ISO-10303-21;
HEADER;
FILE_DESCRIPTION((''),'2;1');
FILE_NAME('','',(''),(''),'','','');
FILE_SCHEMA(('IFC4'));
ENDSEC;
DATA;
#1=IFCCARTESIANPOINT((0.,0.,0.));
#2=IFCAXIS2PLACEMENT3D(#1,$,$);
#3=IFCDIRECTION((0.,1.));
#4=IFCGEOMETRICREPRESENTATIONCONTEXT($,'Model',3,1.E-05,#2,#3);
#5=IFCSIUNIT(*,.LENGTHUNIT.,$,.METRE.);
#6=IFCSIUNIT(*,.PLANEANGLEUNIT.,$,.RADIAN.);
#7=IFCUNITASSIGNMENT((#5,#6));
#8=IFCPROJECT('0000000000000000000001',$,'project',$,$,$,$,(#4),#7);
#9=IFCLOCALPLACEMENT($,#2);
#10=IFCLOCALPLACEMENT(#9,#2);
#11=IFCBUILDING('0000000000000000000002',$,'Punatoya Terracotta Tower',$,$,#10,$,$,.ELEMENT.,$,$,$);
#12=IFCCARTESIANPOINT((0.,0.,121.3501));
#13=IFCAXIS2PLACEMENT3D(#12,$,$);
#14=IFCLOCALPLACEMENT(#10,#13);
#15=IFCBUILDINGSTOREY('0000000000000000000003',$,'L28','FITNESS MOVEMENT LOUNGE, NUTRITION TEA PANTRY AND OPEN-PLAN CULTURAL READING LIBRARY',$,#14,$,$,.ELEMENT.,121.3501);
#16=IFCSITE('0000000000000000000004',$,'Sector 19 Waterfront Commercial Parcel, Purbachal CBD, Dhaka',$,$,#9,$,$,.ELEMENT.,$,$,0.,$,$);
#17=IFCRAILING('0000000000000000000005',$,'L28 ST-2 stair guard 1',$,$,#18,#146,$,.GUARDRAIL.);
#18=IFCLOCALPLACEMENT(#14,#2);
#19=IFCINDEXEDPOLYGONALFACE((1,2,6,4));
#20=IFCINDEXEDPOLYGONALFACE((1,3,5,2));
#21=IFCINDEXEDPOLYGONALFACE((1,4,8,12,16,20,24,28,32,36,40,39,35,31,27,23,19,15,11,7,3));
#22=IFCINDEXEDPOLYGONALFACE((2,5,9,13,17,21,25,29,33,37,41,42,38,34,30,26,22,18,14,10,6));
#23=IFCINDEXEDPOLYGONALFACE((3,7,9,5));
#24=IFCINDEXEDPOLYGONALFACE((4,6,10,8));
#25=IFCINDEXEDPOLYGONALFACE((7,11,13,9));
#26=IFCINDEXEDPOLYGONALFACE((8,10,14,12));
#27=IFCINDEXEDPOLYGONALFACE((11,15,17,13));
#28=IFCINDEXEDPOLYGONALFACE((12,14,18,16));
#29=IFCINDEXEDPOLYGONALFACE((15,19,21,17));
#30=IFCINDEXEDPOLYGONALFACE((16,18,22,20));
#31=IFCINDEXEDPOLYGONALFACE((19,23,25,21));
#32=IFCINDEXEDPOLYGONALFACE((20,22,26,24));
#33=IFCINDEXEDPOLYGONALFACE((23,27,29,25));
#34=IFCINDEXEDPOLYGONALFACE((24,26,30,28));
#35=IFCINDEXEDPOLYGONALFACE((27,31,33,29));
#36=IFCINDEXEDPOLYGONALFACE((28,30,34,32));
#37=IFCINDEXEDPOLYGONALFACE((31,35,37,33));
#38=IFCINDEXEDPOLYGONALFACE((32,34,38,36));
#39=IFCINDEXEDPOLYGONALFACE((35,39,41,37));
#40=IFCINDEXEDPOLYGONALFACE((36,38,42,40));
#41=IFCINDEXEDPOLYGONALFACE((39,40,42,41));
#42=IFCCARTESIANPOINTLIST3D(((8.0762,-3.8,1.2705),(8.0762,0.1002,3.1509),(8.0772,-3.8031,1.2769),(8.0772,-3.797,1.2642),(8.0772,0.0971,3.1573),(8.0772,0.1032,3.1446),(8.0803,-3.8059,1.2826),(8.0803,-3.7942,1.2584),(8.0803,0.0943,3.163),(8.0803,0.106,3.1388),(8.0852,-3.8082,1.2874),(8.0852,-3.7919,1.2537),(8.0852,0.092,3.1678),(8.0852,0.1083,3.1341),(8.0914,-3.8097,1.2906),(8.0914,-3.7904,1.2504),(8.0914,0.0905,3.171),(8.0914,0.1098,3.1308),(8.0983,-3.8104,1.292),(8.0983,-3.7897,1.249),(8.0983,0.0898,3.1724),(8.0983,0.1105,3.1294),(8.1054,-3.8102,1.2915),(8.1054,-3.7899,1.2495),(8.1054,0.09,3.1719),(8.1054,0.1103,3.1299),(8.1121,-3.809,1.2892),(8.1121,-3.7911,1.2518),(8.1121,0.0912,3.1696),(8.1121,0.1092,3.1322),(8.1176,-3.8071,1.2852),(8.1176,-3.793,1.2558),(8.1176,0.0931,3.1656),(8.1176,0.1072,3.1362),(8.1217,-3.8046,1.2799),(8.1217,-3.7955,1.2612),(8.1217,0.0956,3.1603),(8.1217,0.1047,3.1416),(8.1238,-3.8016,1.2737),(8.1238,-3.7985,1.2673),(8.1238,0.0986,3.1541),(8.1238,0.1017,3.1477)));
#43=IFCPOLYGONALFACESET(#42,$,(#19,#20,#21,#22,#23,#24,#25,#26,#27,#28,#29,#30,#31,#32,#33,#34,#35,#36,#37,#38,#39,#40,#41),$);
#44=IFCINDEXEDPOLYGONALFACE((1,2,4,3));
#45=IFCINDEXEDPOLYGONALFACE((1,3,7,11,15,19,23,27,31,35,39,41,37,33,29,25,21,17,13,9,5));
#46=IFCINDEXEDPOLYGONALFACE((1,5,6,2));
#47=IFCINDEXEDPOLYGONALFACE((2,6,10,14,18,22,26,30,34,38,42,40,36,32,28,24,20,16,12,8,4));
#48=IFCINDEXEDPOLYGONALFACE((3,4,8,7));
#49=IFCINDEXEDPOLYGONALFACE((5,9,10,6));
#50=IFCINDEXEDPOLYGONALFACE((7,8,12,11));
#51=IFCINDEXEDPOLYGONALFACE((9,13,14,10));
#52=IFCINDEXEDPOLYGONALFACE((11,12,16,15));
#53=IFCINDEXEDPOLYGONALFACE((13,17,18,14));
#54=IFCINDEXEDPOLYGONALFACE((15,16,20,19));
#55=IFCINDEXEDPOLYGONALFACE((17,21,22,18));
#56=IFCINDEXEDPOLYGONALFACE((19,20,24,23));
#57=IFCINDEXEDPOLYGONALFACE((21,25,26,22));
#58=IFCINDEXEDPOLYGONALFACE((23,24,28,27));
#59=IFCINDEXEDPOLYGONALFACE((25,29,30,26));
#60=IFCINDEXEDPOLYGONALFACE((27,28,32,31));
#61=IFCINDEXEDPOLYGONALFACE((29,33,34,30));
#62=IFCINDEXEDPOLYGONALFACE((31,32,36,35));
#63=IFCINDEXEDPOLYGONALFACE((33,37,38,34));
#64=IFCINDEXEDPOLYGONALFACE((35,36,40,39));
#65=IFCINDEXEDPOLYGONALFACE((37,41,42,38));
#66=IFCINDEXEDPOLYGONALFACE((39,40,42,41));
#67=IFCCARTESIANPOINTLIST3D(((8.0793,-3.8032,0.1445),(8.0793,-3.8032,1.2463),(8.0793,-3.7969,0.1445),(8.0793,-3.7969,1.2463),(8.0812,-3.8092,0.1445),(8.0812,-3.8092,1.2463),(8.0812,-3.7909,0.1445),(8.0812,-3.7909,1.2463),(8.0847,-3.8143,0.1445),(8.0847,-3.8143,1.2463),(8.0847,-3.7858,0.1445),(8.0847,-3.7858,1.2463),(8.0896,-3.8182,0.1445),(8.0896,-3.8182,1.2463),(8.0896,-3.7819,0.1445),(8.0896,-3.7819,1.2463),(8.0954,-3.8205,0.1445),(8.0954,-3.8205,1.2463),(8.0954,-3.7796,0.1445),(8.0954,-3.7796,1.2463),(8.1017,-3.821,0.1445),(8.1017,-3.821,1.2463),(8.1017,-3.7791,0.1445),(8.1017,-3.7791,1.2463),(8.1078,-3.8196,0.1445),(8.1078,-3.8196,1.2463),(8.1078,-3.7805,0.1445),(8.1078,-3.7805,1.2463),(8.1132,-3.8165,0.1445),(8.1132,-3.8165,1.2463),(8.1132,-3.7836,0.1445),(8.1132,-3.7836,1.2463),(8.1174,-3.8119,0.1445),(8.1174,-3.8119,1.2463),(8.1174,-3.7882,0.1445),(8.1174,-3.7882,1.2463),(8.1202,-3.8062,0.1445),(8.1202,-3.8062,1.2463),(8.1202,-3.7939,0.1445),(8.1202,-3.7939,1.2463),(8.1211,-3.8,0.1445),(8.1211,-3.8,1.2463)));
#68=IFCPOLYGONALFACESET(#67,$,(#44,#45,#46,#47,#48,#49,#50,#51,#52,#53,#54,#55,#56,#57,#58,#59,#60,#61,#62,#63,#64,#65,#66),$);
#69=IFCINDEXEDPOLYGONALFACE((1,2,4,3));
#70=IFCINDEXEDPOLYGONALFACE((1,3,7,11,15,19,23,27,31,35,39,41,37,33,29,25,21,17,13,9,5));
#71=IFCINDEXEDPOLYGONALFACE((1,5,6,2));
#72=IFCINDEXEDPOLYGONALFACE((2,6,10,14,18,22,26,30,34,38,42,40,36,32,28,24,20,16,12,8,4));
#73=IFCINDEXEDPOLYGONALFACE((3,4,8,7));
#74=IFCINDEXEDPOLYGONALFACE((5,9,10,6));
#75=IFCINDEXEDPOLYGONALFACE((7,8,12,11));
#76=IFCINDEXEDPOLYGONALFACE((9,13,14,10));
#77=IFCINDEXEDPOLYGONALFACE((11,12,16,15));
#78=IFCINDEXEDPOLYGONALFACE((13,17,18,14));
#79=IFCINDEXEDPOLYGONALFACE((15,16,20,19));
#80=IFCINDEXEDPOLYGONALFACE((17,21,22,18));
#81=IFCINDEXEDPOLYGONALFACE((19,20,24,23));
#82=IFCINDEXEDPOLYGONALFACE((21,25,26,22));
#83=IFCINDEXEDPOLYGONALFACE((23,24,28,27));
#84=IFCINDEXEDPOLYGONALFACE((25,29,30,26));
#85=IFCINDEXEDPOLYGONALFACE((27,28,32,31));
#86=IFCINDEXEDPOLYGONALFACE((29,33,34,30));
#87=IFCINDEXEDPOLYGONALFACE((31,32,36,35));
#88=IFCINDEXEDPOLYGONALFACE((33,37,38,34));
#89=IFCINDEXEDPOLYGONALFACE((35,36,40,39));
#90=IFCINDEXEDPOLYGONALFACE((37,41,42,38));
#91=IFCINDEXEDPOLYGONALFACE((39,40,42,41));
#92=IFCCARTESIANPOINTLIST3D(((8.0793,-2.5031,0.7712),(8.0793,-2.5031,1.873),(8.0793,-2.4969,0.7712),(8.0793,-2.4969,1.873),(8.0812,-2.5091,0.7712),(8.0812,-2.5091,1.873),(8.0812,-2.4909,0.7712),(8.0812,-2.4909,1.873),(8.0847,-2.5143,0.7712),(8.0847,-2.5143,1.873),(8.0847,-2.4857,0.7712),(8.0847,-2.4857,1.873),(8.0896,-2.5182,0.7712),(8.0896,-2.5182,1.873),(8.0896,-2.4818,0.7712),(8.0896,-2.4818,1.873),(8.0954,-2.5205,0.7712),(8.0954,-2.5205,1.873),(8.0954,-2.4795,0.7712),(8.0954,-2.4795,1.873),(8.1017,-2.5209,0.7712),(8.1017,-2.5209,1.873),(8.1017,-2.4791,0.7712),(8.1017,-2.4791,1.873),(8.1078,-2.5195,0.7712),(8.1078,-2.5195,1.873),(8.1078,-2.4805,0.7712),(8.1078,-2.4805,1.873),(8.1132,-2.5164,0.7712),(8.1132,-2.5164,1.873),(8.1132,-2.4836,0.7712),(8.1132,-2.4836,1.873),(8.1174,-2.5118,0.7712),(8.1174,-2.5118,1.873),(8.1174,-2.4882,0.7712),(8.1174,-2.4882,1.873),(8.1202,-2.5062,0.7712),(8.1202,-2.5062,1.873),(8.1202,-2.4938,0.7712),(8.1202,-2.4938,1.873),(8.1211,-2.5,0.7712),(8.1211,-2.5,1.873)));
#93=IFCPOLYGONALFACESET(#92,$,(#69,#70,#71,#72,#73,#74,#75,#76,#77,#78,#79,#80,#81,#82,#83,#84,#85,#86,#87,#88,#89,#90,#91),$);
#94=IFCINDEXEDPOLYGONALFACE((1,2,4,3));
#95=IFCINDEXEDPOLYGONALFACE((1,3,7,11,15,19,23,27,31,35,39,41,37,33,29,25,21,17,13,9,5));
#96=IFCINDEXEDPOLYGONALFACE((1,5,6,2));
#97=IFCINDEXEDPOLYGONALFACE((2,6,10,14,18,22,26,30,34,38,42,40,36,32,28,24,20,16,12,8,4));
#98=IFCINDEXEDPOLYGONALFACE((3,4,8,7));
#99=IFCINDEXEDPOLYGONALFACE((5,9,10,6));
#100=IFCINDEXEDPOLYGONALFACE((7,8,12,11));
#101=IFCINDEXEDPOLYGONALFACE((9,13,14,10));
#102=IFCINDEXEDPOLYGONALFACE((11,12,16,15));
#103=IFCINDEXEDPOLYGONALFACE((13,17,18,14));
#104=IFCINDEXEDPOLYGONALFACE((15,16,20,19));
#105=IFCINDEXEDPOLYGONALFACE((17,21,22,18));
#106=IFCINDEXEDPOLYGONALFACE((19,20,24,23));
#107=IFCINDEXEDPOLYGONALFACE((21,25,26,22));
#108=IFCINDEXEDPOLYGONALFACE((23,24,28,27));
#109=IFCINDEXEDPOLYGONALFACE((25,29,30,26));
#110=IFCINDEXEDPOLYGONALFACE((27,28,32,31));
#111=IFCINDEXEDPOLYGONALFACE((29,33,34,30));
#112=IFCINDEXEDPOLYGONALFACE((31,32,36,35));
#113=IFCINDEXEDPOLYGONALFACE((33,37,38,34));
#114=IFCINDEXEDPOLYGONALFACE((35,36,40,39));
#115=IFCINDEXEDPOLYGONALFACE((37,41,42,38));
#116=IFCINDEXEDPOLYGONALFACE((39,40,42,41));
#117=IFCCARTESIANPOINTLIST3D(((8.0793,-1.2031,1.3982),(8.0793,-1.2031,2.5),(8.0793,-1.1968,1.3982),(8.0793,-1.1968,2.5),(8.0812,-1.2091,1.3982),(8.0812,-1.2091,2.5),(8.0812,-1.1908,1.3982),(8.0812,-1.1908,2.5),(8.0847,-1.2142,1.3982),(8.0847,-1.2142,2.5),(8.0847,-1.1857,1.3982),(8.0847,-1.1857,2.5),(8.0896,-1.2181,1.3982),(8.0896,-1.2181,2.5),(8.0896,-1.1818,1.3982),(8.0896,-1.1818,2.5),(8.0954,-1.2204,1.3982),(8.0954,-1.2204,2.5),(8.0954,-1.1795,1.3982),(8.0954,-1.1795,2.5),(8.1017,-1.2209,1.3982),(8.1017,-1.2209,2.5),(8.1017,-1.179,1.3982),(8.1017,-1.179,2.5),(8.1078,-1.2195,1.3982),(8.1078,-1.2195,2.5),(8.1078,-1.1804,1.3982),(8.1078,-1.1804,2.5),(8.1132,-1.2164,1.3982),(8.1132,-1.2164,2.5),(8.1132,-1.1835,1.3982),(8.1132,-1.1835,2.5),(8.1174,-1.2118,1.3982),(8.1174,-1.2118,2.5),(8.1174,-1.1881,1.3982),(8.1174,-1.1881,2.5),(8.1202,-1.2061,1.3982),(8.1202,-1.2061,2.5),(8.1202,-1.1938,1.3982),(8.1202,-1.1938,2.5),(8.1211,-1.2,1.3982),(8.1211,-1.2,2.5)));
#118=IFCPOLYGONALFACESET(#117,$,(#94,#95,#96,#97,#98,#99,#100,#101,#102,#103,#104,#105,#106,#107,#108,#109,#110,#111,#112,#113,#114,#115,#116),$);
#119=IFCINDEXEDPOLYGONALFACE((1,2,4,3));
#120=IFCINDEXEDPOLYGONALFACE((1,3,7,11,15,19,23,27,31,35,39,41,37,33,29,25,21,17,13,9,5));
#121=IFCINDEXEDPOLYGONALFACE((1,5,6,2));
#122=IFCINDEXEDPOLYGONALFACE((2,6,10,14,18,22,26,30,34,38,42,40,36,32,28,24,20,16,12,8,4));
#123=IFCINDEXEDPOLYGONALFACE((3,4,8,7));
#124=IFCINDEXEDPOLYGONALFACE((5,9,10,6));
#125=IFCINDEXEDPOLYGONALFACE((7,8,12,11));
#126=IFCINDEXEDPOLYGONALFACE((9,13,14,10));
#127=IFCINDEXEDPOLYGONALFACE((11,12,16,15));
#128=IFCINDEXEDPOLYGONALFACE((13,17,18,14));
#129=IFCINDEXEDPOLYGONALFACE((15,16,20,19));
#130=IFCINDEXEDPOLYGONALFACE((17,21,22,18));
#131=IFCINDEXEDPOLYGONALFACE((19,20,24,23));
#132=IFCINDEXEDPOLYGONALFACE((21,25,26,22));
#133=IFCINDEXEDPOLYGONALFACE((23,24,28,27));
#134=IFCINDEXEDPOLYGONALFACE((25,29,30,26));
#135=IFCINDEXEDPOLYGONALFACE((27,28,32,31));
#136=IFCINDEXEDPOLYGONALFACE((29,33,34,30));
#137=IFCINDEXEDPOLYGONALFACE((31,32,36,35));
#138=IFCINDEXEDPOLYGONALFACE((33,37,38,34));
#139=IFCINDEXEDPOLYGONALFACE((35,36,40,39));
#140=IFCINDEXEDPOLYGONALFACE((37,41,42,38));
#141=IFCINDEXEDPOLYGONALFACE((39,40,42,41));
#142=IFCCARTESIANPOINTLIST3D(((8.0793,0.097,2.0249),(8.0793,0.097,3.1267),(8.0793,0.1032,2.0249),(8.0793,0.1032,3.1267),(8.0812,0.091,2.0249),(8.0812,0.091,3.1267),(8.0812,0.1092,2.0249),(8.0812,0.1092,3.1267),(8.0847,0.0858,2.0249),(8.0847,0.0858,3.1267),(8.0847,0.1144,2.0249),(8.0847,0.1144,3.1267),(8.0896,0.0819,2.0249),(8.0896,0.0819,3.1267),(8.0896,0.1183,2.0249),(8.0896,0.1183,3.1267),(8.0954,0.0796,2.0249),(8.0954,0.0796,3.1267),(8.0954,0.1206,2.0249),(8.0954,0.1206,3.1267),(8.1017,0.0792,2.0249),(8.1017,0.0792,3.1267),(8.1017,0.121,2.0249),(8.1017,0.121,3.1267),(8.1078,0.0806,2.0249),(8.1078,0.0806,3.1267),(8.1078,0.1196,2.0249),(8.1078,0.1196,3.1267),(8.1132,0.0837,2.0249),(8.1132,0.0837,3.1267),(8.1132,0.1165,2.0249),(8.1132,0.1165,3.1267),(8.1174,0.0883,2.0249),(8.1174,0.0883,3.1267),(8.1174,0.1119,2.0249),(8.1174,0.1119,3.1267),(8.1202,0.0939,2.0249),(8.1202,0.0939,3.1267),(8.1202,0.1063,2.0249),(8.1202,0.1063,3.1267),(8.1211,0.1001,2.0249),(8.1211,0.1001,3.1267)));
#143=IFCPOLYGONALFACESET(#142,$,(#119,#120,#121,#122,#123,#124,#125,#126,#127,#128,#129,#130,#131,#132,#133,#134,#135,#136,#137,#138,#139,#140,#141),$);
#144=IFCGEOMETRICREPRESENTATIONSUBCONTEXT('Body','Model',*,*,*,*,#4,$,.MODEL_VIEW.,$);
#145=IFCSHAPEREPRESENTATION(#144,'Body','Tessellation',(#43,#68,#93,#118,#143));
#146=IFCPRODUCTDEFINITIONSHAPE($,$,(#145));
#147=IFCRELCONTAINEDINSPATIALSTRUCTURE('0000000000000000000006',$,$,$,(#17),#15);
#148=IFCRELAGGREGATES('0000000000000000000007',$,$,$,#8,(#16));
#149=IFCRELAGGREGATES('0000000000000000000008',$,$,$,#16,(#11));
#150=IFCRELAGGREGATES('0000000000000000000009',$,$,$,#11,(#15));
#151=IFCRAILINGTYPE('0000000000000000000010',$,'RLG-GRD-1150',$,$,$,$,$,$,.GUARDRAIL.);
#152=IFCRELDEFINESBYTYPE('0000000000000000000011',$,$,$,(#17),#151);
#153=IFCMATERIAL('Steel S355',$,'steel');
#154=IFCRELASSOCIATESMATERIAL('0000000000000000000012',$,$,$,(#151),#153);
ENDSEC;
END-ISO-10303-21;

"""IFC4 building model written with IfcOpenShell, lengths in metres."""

from ifc_helpers import new_model, si_unit, direction, frame, origin, origin_2d, place, context, subcontext, project, spatial, circle, extrude, material, type_object, element, save


model = new_model("IFC4")

# Units and contexts
model_context = context("Model", 3, precision=1e-05, world=origin(), true_north=direction((0.0, 1.0)))
body_context = subcontext(model_context, "Body", "Model", "MODEL_VIEW")
ifc_project = project(units=[si_unit("LENGTHUNIT", "METRE"), si_unit("PLANEANGLEUNIT", "RADIAN")], contexts=[model_context])

# Site, building, storey
site_placement = place(None, origin())
site = spatial("IfcSite", under=ifc_project, at=site_placement, Name="Sector 19 Waterfront Commercial Parcel, Purbachal CBD, Dhaka", CompositionType="ELEMENT", RefElevation=0.0)
building_placement = place(site_placement, origin())
building = spatial("IfcBuilding", under=site, at=building_placement, Name="Punatoya Terracotta Tower", CompositionType="ELEMENT")
storey_placement = place(building_placement, frame((0.0, 0.0, 121.3501)))
storey = spatial("IfcBuildingStorey", under=building, at=storey_placement, Name="L28", Description="FITNESS MOVEMENT LOUNGE, NUTRITION TEA PANTRY AND OPEN-PLAN CULTURAL READING LIBRARY", CompositionType="ELEMENT", Elevation=121.3501)

# Shared definitions
ifc_material_1 = material(Name="Steel S355", Category="steel")

# Railing
railing_type_1 = type_object("IfcRailingType", Name="RLG-GRD-1150", PredefinedType="GUARDRAIL", material=ifc_material_1)
railing_1_placement = place(storey_placement, frame((8.1001, -3.8, 0.1445)))
element("IfcRailing", 1, at=railing_1_placement, inside=storey, type_object=railing_type_1, Name="L28 ST-2 stair guard 1", PredefinedType="GUARDRAIL", context=body_context, shape_type="SweptSolid", body=[
    extrude(circle(Radius=0.0239, at=origin_2d()), frame((0.0, 0.0, 1.126), z_axis=(0.0, 0.900774, 0.434289), x_axis=(-1.0, 0.0, 0.0)), (0.0, 0.0, 1.0), 4.3298),
    extrude(circle(Radius=0.021, at=origin_2d()), origin(), (0.0, 0.0, 1.0), 1.1018),
    extrude(circle(Radius=0.021, at=origin_2d()), frame((0.0, 1.3, 0.6267)), (0.0, 0.0, 1.0), 1.1018),
    extrude(circle(Radius=0.021, at=origin_2d()), frame((0.0, 2.6001, 1.2537)), (0.0, 0.0, 1.0), 1.1018),
    extrude(circle(Radius=0.021, at=origin_2d()), frame((0.0, 3.9001, 1.8804)), (0.0, 0.0, 1.0), 1.1018),
])

save(model, "model.ifc")
